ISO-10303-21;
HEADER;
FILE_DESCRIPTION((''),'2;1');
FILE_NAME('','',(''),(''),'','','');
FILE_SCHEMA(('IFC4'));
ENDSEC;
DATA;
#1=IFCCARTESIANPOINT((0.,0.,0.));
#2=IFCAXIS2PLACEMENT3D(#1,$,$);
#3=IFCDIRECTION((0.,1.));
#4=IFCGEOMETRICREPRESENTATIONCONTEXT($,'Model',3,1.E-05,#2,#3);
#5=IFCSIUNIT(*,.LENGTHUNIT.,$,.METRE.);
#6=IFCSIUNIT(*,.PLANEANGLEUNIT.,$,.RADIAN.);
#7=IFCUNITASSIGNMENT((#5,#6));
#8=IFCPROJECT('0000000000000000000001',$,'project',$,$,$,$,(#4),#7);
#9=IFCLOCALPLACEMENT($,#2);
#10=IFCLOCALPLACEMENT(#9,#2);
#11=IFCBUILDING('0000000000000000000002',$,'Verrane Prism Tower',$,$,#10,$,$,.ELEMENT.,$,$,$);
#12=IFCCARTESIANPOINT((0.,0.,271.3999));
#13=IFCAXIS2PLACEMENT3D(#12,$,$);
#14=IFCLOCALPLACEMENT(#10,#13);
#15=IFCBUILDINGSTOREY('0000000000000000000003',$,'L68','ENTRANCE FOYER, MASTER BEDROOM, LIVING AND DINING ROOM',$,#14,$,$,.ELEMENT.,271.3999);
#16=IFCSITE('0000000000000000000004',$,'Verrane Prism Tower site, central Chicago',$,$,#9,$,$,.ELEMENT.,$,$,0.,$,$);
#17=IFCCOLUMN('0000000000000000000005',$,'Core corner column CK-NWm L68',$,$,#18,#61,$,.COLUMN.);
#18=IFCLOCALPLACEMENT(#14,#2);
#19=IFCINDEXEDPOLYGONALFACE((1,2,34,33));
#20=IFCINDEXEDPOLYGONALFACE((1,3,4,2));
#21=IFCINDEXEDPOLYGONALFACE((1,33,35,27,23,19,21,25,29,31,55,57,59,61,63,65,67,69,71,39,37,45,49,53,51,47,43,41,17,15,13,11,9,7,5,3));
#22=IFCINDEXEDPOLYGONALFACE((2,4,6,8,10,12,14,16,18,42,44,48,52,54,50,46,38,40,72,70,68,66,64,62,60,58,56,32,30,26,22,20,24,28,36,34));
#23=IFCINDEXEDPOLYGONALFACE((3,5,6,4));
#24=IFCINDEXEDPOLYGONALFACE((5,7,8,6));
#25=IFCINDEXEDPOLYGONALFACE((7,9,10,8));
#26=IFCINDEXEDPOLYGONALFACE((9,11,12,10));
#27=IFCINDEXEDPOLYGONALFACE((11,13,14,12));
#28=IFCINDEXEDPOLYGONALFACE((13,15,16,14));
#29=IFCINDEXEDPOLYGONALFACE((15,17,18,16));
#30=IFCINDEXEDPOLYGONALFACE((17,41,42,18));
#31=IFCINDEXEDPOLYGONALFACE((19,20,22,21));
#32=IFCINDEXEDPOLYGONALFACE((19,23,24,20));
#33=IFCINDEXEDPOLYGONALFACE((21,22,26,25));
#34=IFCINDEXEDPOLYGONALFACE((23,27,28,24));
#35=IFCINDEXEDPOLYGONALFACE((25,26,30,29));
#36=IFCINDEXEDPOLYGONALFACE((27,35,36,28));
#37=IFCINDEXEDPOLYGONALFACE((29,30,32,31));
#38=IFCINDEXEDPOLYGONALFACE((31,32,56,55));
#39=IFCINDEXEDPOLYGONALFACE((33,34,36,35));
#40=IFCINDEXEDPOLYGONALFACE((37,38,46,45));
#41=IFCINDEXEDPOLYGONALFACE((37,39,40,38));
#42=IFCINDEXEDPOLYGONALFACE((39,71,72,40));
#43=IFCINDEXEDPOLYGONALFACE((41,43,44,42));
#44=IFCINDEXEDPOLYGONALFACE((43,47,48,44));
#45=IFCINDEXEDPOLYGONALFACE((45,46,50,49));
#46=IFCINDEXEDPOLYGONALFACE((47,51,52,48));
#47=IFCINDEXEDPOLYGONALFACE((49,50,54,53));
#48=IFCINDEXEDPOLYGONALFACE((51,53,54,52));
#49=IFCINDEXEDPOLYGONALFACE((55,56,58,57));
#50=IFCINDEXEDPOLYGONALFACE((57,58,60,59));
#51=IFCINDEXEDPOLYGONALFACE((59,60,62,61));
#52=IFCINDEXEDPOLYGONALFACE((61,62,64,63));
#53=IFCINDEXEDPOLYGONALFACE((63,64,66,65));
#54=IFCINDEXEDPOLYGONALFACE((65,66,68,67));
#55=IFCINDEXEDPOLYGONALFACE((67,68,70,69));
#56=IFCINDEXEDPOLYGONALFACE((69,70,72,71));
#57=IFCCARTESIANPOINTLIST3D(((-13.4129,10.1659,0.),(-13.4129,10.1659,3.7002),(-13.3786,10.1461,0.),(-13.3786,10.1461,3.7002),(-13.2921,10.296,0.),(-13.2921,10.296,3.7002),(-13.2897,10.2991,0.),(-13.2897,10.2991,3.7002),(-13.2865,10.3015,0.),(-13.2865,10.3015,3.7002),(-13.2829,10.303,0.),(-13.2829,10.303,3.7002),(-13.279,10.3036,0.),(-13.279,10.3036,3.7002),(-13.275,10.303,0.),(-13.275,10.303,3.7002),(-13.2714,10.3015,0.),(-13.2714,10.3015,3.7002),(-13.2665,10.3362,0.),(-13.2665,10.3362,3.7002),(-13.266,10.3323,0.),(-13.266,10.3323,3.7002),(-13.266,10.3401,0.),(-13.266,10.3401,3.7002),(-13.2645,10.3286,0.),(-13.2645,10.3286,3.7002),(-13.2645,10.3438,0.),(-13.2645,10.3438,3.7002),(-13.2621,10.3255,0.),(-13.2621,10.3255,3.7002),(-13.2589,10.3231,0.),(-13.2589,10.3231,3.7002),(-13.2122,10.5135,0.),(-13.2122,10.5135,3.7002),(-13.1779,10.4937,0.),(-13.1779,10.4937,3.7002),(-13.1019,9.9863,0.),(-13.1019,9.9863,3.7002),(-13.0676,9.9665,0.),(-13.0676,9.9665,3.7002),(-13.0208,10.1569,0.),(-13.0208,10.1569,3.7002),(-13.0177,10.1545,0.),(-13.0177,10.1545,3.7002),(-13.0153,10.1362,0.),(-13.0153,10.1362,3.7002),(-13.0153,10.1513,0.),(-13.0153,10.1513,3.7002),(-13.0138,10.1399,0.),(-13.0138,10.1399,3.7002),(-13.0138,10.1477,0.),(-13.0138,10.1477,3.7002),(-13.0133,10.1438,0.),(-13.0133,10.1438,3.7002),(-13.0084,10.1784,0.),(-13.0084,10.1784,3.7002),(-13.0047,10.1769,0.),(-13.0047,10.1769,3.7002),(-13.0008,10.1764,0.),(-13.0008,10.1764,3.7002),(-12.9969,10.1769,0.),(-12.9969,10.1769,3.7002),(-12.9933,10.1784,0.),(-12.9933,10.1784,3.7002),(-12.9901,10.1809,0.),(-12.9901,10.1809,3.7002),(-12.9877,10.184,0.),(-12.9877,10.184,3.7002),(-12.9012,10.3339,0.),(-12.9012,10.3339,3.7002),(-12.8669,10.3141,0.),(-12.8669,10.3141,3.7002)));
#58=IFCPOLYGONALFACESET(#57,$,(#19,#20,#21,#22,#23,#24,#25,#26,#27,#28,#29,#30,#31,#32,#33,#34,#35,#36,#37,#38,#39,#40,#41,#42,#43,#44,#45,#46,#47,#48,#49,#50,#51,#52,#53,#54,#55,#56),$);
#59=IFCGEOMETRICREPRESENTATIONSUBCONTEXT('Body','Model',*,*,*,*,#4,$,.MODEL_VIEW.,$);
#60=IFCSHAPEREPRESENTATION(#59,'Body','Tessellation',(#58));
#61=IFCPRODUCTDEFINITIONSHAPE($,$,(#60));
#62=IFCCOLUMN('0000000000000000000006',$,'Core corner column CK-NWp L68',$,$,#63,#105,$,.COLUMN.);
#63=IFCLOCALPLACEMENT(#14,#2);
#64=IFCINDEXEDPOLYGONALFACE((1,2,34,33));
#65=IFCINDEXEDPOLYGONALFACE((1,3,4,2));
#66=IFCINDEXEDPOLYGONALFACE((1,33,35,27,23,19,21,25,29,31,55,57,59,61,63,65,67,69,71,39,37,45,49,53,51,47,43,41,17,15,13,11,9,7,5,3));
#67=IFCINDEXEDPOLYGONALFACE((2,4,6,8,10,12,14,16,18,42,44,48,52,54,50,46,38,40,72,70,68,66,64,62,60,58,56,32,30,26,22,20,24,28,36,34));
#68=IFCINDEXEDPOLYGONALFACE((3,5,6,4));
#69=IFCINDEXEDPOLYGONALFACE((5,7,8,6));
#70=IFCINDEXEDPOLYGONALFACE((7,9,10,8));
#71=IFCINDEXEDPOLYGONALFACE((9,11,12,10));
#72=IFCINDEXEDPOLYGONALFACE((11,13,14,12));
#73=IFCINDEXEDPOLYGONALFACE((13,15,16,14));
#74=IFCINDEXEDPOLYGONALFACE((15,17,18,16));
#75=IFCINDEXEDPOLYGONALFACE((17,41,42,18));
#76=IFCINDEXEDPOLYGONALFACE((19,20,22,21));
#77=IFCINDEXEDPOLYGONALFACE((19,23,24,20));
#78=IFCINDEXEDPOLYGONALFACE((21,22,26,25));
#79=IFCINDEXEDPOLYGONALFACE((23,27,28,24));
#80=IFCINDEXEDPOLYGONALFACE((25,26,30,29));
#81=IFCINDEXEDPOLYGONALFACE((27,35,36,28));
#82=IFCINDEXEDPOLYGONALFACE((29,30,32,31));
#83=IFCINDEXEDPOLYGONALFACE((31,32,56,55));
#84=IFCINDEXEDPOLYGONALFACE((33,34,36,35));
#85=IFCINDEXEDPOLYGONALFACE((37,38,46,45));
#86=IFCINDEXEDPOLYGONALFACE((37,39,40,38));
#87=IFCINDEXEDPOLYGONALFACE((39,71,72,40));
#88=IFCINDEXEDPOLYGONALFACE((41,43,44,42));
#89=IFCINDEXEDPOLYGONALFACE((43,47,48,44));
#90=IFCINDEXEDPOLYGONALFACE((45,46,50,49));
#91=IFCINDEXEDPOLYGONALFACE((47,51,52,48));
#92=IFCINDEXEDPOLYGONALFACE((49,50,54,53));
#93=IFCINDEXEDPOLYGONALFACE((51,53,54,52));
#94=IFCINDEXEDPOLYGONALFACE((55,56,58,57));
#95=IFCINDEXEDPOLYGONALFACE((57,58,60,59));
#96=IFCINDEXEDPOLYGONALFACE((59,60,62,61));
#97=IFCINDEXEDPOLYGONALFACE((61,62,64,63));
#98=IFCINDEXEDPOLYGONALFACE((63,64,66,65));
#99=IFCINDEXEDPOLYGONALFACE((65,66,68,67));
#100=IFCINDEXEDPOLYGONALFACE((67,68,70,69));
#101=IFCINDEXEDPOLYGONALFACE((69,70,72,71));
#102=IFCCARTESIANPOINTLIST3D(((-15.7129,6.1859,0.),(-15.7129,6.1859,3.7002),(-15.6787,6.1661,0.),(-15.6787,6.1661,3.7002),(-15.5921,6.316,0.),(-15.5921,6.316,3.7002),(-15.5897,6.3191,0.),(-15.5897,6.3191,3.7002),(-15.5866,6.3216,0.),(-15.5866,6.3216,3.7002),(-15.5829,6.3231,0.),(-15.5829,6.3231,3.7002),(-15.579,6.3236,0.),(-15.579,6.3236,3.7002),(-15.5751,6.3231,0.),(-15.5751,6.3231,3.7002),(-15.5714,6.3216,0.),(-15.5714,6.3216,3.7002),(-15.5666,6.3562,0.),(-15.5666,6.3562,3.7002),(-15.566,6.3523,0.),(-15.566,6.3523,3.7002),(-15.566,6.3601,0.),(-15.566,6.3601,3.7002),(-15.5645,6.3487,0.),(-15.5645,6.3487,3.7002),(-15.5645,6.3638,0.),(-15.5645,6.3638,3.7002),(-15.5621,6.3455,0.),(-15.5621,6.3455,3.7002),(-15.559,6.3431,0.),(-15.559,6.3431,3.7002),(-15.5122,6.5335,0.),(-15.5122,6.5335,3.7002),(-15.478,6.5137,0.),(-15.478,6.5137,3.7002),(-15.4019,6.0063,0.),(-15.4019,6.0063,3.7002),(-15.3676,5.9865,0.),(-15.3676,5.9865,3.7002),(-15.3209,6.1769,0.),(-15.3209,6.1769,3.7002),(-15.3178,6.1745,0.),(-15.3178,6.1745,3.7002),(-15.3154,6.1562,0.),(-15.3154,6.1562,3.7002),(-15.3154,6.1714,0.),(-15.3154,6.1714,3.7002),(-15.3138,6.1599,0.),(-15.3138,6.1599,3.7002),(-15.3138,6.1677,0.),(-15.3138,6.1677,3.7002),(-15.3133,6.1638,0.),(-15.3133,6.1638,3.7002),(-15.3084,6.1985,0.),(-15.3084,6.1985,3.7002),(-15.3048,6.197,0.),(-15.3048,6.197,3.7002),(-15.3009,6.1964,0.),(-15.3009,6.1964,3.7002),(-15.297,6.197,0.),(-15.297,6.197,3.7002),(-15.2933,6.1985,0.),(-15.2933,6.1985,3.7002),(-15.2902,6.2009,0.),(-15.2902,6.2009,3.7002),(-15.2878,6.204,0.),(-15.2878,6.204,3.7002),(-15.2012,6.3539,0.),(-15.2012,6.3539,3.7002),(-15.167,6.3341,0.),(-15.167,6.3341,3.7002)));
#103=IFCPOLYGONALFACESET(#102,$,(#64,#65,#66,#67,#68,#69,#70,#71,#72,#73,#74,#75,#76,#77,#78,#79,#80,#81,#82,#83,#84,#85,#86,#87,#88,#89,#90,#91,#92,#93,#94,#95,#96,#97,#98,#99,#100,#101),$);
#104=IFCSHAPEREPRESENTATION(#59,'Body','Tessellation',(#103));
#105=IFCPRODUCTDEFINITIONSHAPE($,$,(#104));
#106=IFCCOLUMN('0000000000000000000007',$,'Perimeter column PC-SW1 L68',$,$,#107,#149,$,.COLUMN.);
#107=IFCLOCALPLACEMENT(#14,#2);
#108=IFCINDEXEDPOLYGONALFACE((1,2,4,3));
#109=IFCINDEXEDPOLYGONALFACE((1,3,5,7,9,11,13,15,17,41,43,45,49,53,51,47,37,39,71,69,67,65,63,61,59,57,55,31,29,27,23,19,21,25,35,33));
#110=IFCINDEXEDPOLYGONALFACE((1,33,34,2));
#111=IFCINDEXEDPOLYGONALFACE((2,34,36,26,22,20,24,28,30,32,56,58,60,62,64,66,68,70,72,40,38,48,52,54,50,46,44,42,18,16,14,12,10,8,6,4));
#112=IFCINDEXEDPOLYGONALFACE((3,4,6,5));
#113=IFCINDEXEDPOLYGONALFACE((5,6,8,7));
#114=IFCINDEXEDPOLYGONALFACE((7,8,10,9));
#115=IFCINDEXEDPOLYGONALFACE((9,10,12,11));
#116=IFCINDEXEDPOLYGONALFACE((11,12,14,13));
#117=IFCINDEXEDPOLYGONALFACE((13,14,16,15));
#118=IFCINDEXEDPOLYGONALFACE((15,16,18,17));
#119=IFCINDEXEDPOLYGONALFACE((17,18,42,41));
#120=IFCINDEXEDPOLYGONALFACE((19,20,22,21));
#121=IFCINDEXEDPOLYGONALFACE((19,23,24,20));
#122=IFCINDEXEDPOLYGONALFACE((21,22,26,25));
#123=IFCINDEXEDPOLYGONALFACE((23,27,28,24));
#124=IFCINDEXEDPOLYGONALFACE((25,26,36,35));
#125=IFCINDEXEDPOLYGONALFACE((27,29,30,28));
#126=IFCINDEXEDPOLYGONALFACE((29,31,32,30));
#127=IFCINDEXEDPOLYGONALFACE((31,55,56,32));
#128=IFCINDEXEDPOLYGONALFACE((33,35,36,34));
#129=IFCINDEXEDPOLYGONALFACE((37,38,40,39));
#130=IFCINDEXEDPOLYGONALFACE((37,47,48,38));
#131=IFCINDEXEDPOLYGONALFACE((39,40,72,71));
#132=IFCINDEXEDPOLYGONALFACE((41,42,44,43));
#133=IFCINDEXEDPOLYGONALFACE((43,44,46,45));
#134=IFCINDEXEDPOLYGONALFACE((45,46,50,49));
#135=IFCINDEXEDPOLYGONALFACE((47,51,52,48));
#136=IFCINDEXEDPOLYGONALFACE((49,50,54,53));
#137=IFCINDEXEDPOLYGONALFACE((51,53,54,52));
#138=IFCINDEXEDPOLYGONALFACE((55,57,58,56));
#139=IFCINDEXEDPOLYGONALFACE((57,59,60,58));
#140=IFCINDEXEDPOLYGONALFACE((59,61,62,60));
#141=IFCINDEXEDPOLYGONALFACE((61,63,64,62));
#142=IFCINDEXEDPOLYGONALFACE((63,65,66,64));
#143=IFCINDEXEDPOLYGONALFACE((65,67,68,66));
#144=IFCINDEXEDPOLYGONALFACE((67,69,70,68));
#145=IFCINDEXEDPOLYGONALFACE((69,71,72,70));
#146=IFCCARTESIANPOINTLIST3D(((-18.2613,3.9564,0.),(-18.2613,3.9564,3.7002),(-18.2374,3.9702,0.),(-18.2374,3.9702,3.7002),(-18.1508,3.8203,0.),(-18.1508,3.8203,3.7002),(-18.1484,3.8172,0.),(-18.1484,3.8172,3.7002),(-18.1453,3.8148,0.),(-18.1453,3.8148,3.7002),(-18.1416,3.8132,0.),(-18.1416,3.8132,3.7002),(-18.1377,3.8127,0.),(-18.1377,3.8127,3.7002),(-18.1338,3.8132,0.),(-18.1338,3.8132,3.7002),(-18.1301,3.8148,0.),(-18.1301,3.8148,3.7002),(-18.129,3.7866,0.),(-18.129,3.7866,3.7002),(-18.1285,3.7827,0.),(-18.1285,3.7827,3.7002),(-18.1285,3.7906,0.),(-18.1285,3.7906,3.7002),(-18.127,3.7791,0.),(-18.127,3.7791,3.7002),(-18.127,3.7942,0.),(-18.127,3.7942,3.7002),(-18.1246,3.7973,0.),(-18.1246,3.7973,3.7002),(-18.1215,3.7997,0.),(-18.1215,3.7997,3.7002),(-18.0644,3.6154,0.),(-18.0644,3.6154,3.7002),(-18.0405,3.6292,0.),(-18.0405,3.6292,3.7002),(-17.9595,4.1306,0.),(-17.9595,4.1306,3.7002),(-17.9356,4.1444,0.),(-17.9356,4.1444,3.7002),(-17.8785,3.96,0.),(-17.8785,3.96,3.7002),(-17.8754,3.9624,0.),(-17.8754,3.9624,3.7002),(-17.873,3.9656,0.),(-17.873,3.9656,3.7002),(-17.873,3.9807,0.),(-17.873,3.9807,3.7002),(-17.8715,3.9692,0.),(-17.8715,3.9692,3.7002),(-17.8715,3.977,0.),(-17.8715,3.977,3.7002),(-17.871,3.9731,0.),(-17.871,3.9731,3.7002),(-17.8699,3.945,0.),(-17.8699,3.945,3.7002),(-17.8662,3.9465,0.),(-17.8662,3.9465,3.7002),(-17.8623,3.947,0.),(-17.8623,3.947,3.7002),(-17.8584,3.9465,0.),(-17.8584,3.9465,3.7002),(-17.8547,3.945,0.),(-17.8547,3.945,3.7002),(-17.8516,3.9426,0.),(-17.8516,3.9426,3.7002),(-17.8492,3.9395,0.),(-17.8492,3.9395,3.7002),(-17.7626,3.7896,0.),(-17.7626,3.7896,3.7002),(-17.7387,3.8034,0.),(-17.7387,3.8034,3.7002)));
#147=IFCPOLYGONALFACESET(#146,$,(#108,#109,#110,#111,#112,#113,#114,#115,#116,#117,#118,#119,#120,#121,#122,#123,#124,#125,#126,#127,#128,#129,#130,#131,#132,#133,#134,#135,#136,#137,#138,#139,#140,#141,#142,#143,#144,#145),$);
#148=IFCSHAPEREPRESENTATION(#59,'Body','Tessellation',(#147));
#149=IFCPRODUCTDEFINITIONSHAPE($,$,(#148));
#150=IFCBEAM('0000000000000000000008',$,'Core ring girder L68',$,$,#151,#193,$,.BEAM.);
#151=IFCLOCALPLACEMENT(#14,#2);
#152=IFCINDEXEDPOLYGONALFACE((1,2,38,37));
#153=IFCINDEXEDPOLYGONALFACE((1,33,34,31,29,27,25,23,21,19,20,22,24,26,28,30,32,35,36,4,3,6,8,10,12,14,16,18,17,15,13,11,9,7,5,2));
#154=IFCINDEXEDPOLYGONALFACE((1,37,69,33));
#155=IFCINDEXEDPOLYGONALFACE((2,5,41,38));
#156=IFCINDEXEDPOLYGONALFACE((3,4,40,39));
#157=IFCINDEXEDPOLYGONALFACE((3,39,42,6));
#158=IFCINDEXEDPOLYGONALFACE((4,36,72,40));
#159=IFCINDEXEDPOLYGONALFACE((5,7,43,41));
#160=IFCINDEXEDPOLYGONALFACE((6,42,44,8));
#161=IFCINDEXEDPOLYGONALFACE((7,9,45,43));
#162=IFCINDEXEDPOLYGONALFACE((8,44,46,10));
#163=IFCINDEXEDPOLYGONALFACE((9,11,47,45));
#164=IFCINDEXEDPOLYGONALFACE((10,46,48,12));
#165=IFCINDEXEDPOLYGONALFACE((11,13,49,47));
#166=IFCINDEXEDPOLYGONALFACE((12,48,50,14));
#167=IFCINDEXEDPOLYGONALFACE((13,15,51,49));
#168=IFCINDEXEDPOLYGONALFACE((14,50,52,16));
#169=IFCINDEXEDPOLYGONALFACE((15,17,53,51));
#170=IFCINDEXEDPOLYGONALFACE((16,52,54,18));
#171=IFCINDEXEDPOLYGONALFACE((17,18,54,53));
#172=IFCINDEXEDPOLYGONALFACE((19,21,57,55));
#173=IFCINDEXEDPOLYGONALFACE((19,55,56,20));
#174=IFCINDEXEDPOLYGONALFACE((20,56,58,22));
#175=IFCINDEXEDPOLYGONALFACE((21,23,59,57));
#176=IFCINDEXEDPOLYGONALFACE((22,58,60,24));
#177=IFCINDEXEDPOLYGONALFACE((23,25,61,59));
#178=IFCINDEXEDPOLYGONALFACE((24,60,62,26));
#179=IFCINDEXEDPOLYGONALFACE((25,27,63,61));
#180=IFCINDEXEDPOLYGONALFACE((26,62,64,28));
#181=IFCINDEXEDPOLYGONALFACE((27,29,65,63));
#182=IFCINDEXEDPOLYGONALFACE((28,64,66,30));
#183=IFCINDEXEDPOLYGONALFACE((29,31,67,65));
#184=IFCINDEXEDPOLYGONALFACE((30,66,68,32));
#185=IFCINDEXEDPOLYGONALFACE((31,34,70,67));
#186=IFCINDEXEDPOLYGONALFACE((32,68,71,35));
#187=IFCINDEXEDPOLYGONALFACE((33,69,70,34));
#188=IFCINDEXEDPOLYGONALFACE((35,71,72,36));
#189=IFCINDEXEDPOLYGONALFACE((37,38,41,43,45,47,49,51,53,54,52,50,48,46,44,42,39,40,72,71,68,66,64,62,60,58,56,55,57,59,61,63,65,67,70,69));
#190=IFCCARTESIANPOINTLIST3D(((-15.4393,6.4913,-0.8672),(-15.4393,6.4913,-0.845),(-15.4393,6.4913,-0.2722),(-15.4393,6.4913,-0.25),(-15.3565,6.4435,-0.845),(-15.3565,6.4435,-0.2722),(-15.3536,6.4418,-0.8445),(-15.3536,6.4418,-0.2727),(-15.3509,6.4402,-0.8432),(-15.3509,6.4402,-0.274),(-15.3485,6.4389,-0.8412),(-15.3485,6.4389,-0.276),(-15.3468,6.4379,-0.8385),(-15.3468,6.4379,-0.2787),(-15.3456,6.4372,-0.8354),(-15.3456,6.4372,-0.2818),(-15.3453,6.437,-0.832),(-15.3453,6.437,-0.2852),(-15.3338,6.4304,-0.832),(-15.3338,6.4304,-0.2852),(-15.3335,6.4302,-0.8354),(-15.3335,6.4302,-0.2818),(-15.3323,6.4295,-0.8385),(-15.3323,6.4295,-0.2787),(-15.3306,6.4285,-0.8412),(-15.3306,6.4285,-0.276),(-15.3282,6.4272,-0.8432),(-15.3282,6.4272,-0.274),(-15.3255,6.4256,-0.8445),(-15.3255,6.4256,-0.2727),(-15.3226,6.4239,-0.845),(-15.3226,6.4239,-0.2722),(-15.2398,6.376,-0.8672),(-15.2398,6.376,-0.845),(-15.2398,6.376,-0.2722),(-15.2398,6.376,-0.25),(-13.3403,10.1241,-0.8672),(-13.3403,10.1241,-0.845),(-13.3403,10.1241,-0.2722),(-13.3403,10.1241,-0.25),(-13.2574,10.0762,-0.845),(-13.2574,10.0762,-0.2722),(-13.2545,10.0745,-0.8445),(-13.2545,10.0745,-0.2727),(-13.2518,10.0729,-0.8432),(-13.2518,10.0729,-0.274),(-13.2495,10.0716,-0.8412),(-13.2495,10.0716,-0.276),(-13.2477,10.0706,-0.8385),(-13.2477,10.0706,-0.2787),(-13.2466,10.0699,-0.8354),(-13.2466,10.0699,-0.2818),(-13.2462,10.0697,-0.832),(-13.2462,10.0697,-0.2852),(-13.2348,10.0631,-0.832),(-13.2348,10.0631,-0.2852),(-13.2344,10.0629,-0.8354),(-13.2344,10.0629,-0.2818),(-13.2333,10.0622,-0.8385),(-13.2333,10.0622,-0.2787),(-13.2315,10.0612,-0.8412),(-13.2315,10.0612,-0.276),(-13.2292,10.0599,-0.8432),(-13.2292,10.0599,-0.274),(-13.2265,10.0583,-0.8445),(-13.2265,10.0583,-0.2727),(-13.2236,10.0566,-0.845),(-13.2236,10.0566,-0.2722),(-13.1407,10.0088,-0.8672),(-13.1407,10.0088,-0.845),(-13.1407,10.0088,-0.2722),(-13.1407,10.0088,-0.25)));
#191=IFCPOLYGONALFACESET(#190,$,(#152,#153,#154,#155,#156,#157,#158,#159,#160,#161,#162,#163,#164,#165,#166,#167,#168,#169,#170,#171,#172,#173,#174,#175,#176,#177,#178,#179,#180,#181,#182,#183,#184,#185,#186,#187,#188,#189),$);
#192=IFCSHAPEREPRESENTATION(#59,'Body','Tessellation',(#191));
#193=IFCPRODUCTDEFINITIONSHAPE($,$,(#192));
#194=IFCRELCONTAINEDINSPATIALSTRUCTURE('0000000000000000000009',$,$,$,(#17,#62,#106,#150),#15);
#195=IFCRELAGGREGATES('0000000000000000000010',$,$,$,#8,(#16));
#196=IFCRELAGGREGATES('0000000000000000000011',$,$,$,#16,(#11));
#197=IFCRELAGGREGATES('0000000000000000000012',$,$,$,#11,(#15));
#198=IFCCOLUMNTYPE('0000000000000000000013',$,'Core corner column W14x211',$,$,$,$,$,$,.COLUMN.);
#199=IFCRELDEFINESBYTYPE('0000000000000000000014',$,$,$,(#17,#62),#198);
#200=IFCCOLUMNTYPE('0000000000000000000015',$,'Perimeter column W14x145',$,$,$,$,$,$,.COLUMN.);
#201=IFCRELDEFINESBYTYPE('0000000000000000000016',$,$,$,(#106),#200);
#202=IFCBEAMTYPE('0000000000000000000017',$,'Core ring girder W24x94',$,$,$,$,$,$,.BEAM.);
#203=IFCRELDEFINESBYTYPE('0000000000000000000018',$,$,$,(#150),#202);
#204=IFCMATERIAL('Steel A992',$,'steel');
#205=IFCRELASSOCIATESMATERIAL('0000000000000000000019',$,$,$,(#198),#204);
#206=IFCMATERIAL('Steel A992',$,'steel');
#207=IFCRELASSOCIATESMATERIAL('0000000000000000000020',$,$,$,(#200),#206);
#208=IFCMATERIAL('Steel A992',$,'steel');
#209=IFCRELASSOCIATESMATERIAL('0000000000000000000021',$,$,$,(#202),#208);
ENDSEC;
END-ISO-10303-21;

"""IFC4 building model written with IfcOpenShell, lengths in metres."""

from ifc_helpers import new_model, si_unit, direction, frame, origin, origin_2d, place, context, subcontext, project, spatial, i_section, extrude, material, material_profile, profile_set, type_object, element, save


model = new_model("IFC4")

# Units and contexts
model_context = context("Model", 3, precision=1e-05, world=origin(), true_north=direction((0.0, 1.0)))
body_context = subcontext(model_context, "Body", "Model", "MODEL_VIEW")
ifc_project = project(units=[si_unit("LENGTHUNIT", "METRE"), si_unit("PLANEANGLEUNIT", "RADIAN")], contexts=[model_context])

# Site, building, storey
site_placement = place(None, origin())
site = spatial("IfcSite", under=ifc_project, at=site_placement, Name="Verrane Prism Tower site, central Chicago", CompositionType="ELEMENT", RefElevation=0.0)
building_placement = place(site_placement, origin())
building = spatial("IfcBuilding", under=site, at=building_placement, Name="Verrane Prism Tower", CompositionType="ELEMENT")
storey_placement = place(building_placement, frame((0.0, 0.0, 271.3999)))
storey = spatial("IfcBuildingStorey", under=building, at=storey_placement, Name="L68", Description="ENTRANCE FOYER, MASTER BEDROOM, LIVING AND DINING ROOM", CompositionType="ELEMENT", Elevation=271.3999)

# Columns
ifc_material_1 = material(Name="Steel A992", Category="steel")
ifc_material_profile_1 = material_profile(ifc_material_1, i_section(OverallWidth=0.4014, OverallDepth=0.3987, WebThickness=0.0249, FlangeThickness=0.0396, FilletRadius=0.0151, at=origin_2d()), Name="W14x211")
ifc_profile_set_1 = profile_set([ifc_material_profile_1], Name="Steel A992")
column_type_1 = type_object("IfcColumnType", Name="Core corner column W14x211", PredefinedType="COLUMN", material=ifc_profile_set_1)
for number, where, z_axis, x_axis, name in (
    (1, (-13.1399, 10.24, 0.0), (0.0, 0.0, 1.0), (0.5, 0.866025, 0.0), "Core corner column CK-NWm L68"),
    (2, (-15.4399, 6.26, 0.0), (0.0, 0.0, 1.0), (0.5, 0.866025, 0.0), "Core corner column CK-NWp L68"),
):
    element("IfcColumn", number, at=place(storey_placement, frame(where, z_axis=z_axis, x_axis=x_axis)), inside=storey, type_object=column_type_1, Name=name, PredefinedType="COLUMN", context=body_context, shape_type="SweptSolid", body=[
        extrude(i_section(OverallWidth=0.4014, OverallDepth=0.3987, WebThickness=0.0249, FlangeThickness=0.0396, FilletRadius=0.0151, at=origin_2d()), origin(), (0.0, 0.0, 1.0), 3.7002),
    ])
ifc_material_2 = material(Name="Steel A992", Category="steel")
ifc_material_profile_2 = material_profile(ifc_material_2, i_section(OverallWidth=0.3938, OverallDepth=0.376, WebThickness=0.0173, FlangeThickness=0.0276, FilletRadius=0.0151, at=origin_2d()), Name="W14x145")
ifc_profile_set_2 = profile_set([ifc_material_profile_2], Name="Steel A992")
column_type_2 = type_object("IfcColumnType", Name="Perimeter column W14x145", PredefinedType="COLUMN", material=ifc_profile_set_2)
column_placement = place(storey_placement, frame((-18.0, 3.8799, 0.0), z_axis=(0.0, 0.0, 1.0), x_axis=(-0.5, 0.866025, 0.0)))
element("IfcColumn", 3, at=column_placement, inside=storey, type_object=column_type_2, Name="Perimeter column PC-SW1 L68", PredefinedType="COLUMN", context=body_context, shape_type="SweptSolid", body=[
    extrude(i_section(OverallWidth=0.3938, OverallDepth=0.376, WebThickness=0.0173, FlangeThickness=0.0276, FilletRadius=0.0151, at=origin_2d()), origin(), (0.0, 0.0, 1.0), 3.7002),
])

# Beam
ifc_material_3 = material(Name="Steel A992", Category="steel")
ifc_material_profile_3 = material_profile(ifc_material_3, i_section(OverallWidth=0.2305, OverallDepth=0.6172, WebThickness=0.0132, FlangeThickness=0.0222, FilletRadius=0.0129, at=origin_2d()), Name="W24x94")
ifc_profile_set_3 = profile_set([ifc_material_profile_3], Name="Steel A992")
beam_type_1 = type_object("IfcBeamType", Name="Core ring girder W24x94", PredefinedType="BEAM", material=ifc_profile_set_3)
beam_1_placement = place(storey_placement, frame((-13.2405, 10.0664, -0.5586), z_axis=(-0.500307, -0.865848, 0.0), x_axis=(0.865848, -0.500307, 0.0)))
element("IfcBeam", 4, at=beam_1_placement, inside=storey, type_object=beam_type_1, Name="Core ring girder L68", PredefinedType="BEAM", context=body_context, shape_type="SweptSolid", body=[
    extrude(i_section(OverallWidth=0.2305, OverallDepth=0.6172, WebThickness=0.0132, FlangeThickness=0.0222, FilletRadius=0.0129, at=origin_2d()), origin(), (0.0, 0.0, 1.0), 4.1956),
])

save(model, "model.ifc")
